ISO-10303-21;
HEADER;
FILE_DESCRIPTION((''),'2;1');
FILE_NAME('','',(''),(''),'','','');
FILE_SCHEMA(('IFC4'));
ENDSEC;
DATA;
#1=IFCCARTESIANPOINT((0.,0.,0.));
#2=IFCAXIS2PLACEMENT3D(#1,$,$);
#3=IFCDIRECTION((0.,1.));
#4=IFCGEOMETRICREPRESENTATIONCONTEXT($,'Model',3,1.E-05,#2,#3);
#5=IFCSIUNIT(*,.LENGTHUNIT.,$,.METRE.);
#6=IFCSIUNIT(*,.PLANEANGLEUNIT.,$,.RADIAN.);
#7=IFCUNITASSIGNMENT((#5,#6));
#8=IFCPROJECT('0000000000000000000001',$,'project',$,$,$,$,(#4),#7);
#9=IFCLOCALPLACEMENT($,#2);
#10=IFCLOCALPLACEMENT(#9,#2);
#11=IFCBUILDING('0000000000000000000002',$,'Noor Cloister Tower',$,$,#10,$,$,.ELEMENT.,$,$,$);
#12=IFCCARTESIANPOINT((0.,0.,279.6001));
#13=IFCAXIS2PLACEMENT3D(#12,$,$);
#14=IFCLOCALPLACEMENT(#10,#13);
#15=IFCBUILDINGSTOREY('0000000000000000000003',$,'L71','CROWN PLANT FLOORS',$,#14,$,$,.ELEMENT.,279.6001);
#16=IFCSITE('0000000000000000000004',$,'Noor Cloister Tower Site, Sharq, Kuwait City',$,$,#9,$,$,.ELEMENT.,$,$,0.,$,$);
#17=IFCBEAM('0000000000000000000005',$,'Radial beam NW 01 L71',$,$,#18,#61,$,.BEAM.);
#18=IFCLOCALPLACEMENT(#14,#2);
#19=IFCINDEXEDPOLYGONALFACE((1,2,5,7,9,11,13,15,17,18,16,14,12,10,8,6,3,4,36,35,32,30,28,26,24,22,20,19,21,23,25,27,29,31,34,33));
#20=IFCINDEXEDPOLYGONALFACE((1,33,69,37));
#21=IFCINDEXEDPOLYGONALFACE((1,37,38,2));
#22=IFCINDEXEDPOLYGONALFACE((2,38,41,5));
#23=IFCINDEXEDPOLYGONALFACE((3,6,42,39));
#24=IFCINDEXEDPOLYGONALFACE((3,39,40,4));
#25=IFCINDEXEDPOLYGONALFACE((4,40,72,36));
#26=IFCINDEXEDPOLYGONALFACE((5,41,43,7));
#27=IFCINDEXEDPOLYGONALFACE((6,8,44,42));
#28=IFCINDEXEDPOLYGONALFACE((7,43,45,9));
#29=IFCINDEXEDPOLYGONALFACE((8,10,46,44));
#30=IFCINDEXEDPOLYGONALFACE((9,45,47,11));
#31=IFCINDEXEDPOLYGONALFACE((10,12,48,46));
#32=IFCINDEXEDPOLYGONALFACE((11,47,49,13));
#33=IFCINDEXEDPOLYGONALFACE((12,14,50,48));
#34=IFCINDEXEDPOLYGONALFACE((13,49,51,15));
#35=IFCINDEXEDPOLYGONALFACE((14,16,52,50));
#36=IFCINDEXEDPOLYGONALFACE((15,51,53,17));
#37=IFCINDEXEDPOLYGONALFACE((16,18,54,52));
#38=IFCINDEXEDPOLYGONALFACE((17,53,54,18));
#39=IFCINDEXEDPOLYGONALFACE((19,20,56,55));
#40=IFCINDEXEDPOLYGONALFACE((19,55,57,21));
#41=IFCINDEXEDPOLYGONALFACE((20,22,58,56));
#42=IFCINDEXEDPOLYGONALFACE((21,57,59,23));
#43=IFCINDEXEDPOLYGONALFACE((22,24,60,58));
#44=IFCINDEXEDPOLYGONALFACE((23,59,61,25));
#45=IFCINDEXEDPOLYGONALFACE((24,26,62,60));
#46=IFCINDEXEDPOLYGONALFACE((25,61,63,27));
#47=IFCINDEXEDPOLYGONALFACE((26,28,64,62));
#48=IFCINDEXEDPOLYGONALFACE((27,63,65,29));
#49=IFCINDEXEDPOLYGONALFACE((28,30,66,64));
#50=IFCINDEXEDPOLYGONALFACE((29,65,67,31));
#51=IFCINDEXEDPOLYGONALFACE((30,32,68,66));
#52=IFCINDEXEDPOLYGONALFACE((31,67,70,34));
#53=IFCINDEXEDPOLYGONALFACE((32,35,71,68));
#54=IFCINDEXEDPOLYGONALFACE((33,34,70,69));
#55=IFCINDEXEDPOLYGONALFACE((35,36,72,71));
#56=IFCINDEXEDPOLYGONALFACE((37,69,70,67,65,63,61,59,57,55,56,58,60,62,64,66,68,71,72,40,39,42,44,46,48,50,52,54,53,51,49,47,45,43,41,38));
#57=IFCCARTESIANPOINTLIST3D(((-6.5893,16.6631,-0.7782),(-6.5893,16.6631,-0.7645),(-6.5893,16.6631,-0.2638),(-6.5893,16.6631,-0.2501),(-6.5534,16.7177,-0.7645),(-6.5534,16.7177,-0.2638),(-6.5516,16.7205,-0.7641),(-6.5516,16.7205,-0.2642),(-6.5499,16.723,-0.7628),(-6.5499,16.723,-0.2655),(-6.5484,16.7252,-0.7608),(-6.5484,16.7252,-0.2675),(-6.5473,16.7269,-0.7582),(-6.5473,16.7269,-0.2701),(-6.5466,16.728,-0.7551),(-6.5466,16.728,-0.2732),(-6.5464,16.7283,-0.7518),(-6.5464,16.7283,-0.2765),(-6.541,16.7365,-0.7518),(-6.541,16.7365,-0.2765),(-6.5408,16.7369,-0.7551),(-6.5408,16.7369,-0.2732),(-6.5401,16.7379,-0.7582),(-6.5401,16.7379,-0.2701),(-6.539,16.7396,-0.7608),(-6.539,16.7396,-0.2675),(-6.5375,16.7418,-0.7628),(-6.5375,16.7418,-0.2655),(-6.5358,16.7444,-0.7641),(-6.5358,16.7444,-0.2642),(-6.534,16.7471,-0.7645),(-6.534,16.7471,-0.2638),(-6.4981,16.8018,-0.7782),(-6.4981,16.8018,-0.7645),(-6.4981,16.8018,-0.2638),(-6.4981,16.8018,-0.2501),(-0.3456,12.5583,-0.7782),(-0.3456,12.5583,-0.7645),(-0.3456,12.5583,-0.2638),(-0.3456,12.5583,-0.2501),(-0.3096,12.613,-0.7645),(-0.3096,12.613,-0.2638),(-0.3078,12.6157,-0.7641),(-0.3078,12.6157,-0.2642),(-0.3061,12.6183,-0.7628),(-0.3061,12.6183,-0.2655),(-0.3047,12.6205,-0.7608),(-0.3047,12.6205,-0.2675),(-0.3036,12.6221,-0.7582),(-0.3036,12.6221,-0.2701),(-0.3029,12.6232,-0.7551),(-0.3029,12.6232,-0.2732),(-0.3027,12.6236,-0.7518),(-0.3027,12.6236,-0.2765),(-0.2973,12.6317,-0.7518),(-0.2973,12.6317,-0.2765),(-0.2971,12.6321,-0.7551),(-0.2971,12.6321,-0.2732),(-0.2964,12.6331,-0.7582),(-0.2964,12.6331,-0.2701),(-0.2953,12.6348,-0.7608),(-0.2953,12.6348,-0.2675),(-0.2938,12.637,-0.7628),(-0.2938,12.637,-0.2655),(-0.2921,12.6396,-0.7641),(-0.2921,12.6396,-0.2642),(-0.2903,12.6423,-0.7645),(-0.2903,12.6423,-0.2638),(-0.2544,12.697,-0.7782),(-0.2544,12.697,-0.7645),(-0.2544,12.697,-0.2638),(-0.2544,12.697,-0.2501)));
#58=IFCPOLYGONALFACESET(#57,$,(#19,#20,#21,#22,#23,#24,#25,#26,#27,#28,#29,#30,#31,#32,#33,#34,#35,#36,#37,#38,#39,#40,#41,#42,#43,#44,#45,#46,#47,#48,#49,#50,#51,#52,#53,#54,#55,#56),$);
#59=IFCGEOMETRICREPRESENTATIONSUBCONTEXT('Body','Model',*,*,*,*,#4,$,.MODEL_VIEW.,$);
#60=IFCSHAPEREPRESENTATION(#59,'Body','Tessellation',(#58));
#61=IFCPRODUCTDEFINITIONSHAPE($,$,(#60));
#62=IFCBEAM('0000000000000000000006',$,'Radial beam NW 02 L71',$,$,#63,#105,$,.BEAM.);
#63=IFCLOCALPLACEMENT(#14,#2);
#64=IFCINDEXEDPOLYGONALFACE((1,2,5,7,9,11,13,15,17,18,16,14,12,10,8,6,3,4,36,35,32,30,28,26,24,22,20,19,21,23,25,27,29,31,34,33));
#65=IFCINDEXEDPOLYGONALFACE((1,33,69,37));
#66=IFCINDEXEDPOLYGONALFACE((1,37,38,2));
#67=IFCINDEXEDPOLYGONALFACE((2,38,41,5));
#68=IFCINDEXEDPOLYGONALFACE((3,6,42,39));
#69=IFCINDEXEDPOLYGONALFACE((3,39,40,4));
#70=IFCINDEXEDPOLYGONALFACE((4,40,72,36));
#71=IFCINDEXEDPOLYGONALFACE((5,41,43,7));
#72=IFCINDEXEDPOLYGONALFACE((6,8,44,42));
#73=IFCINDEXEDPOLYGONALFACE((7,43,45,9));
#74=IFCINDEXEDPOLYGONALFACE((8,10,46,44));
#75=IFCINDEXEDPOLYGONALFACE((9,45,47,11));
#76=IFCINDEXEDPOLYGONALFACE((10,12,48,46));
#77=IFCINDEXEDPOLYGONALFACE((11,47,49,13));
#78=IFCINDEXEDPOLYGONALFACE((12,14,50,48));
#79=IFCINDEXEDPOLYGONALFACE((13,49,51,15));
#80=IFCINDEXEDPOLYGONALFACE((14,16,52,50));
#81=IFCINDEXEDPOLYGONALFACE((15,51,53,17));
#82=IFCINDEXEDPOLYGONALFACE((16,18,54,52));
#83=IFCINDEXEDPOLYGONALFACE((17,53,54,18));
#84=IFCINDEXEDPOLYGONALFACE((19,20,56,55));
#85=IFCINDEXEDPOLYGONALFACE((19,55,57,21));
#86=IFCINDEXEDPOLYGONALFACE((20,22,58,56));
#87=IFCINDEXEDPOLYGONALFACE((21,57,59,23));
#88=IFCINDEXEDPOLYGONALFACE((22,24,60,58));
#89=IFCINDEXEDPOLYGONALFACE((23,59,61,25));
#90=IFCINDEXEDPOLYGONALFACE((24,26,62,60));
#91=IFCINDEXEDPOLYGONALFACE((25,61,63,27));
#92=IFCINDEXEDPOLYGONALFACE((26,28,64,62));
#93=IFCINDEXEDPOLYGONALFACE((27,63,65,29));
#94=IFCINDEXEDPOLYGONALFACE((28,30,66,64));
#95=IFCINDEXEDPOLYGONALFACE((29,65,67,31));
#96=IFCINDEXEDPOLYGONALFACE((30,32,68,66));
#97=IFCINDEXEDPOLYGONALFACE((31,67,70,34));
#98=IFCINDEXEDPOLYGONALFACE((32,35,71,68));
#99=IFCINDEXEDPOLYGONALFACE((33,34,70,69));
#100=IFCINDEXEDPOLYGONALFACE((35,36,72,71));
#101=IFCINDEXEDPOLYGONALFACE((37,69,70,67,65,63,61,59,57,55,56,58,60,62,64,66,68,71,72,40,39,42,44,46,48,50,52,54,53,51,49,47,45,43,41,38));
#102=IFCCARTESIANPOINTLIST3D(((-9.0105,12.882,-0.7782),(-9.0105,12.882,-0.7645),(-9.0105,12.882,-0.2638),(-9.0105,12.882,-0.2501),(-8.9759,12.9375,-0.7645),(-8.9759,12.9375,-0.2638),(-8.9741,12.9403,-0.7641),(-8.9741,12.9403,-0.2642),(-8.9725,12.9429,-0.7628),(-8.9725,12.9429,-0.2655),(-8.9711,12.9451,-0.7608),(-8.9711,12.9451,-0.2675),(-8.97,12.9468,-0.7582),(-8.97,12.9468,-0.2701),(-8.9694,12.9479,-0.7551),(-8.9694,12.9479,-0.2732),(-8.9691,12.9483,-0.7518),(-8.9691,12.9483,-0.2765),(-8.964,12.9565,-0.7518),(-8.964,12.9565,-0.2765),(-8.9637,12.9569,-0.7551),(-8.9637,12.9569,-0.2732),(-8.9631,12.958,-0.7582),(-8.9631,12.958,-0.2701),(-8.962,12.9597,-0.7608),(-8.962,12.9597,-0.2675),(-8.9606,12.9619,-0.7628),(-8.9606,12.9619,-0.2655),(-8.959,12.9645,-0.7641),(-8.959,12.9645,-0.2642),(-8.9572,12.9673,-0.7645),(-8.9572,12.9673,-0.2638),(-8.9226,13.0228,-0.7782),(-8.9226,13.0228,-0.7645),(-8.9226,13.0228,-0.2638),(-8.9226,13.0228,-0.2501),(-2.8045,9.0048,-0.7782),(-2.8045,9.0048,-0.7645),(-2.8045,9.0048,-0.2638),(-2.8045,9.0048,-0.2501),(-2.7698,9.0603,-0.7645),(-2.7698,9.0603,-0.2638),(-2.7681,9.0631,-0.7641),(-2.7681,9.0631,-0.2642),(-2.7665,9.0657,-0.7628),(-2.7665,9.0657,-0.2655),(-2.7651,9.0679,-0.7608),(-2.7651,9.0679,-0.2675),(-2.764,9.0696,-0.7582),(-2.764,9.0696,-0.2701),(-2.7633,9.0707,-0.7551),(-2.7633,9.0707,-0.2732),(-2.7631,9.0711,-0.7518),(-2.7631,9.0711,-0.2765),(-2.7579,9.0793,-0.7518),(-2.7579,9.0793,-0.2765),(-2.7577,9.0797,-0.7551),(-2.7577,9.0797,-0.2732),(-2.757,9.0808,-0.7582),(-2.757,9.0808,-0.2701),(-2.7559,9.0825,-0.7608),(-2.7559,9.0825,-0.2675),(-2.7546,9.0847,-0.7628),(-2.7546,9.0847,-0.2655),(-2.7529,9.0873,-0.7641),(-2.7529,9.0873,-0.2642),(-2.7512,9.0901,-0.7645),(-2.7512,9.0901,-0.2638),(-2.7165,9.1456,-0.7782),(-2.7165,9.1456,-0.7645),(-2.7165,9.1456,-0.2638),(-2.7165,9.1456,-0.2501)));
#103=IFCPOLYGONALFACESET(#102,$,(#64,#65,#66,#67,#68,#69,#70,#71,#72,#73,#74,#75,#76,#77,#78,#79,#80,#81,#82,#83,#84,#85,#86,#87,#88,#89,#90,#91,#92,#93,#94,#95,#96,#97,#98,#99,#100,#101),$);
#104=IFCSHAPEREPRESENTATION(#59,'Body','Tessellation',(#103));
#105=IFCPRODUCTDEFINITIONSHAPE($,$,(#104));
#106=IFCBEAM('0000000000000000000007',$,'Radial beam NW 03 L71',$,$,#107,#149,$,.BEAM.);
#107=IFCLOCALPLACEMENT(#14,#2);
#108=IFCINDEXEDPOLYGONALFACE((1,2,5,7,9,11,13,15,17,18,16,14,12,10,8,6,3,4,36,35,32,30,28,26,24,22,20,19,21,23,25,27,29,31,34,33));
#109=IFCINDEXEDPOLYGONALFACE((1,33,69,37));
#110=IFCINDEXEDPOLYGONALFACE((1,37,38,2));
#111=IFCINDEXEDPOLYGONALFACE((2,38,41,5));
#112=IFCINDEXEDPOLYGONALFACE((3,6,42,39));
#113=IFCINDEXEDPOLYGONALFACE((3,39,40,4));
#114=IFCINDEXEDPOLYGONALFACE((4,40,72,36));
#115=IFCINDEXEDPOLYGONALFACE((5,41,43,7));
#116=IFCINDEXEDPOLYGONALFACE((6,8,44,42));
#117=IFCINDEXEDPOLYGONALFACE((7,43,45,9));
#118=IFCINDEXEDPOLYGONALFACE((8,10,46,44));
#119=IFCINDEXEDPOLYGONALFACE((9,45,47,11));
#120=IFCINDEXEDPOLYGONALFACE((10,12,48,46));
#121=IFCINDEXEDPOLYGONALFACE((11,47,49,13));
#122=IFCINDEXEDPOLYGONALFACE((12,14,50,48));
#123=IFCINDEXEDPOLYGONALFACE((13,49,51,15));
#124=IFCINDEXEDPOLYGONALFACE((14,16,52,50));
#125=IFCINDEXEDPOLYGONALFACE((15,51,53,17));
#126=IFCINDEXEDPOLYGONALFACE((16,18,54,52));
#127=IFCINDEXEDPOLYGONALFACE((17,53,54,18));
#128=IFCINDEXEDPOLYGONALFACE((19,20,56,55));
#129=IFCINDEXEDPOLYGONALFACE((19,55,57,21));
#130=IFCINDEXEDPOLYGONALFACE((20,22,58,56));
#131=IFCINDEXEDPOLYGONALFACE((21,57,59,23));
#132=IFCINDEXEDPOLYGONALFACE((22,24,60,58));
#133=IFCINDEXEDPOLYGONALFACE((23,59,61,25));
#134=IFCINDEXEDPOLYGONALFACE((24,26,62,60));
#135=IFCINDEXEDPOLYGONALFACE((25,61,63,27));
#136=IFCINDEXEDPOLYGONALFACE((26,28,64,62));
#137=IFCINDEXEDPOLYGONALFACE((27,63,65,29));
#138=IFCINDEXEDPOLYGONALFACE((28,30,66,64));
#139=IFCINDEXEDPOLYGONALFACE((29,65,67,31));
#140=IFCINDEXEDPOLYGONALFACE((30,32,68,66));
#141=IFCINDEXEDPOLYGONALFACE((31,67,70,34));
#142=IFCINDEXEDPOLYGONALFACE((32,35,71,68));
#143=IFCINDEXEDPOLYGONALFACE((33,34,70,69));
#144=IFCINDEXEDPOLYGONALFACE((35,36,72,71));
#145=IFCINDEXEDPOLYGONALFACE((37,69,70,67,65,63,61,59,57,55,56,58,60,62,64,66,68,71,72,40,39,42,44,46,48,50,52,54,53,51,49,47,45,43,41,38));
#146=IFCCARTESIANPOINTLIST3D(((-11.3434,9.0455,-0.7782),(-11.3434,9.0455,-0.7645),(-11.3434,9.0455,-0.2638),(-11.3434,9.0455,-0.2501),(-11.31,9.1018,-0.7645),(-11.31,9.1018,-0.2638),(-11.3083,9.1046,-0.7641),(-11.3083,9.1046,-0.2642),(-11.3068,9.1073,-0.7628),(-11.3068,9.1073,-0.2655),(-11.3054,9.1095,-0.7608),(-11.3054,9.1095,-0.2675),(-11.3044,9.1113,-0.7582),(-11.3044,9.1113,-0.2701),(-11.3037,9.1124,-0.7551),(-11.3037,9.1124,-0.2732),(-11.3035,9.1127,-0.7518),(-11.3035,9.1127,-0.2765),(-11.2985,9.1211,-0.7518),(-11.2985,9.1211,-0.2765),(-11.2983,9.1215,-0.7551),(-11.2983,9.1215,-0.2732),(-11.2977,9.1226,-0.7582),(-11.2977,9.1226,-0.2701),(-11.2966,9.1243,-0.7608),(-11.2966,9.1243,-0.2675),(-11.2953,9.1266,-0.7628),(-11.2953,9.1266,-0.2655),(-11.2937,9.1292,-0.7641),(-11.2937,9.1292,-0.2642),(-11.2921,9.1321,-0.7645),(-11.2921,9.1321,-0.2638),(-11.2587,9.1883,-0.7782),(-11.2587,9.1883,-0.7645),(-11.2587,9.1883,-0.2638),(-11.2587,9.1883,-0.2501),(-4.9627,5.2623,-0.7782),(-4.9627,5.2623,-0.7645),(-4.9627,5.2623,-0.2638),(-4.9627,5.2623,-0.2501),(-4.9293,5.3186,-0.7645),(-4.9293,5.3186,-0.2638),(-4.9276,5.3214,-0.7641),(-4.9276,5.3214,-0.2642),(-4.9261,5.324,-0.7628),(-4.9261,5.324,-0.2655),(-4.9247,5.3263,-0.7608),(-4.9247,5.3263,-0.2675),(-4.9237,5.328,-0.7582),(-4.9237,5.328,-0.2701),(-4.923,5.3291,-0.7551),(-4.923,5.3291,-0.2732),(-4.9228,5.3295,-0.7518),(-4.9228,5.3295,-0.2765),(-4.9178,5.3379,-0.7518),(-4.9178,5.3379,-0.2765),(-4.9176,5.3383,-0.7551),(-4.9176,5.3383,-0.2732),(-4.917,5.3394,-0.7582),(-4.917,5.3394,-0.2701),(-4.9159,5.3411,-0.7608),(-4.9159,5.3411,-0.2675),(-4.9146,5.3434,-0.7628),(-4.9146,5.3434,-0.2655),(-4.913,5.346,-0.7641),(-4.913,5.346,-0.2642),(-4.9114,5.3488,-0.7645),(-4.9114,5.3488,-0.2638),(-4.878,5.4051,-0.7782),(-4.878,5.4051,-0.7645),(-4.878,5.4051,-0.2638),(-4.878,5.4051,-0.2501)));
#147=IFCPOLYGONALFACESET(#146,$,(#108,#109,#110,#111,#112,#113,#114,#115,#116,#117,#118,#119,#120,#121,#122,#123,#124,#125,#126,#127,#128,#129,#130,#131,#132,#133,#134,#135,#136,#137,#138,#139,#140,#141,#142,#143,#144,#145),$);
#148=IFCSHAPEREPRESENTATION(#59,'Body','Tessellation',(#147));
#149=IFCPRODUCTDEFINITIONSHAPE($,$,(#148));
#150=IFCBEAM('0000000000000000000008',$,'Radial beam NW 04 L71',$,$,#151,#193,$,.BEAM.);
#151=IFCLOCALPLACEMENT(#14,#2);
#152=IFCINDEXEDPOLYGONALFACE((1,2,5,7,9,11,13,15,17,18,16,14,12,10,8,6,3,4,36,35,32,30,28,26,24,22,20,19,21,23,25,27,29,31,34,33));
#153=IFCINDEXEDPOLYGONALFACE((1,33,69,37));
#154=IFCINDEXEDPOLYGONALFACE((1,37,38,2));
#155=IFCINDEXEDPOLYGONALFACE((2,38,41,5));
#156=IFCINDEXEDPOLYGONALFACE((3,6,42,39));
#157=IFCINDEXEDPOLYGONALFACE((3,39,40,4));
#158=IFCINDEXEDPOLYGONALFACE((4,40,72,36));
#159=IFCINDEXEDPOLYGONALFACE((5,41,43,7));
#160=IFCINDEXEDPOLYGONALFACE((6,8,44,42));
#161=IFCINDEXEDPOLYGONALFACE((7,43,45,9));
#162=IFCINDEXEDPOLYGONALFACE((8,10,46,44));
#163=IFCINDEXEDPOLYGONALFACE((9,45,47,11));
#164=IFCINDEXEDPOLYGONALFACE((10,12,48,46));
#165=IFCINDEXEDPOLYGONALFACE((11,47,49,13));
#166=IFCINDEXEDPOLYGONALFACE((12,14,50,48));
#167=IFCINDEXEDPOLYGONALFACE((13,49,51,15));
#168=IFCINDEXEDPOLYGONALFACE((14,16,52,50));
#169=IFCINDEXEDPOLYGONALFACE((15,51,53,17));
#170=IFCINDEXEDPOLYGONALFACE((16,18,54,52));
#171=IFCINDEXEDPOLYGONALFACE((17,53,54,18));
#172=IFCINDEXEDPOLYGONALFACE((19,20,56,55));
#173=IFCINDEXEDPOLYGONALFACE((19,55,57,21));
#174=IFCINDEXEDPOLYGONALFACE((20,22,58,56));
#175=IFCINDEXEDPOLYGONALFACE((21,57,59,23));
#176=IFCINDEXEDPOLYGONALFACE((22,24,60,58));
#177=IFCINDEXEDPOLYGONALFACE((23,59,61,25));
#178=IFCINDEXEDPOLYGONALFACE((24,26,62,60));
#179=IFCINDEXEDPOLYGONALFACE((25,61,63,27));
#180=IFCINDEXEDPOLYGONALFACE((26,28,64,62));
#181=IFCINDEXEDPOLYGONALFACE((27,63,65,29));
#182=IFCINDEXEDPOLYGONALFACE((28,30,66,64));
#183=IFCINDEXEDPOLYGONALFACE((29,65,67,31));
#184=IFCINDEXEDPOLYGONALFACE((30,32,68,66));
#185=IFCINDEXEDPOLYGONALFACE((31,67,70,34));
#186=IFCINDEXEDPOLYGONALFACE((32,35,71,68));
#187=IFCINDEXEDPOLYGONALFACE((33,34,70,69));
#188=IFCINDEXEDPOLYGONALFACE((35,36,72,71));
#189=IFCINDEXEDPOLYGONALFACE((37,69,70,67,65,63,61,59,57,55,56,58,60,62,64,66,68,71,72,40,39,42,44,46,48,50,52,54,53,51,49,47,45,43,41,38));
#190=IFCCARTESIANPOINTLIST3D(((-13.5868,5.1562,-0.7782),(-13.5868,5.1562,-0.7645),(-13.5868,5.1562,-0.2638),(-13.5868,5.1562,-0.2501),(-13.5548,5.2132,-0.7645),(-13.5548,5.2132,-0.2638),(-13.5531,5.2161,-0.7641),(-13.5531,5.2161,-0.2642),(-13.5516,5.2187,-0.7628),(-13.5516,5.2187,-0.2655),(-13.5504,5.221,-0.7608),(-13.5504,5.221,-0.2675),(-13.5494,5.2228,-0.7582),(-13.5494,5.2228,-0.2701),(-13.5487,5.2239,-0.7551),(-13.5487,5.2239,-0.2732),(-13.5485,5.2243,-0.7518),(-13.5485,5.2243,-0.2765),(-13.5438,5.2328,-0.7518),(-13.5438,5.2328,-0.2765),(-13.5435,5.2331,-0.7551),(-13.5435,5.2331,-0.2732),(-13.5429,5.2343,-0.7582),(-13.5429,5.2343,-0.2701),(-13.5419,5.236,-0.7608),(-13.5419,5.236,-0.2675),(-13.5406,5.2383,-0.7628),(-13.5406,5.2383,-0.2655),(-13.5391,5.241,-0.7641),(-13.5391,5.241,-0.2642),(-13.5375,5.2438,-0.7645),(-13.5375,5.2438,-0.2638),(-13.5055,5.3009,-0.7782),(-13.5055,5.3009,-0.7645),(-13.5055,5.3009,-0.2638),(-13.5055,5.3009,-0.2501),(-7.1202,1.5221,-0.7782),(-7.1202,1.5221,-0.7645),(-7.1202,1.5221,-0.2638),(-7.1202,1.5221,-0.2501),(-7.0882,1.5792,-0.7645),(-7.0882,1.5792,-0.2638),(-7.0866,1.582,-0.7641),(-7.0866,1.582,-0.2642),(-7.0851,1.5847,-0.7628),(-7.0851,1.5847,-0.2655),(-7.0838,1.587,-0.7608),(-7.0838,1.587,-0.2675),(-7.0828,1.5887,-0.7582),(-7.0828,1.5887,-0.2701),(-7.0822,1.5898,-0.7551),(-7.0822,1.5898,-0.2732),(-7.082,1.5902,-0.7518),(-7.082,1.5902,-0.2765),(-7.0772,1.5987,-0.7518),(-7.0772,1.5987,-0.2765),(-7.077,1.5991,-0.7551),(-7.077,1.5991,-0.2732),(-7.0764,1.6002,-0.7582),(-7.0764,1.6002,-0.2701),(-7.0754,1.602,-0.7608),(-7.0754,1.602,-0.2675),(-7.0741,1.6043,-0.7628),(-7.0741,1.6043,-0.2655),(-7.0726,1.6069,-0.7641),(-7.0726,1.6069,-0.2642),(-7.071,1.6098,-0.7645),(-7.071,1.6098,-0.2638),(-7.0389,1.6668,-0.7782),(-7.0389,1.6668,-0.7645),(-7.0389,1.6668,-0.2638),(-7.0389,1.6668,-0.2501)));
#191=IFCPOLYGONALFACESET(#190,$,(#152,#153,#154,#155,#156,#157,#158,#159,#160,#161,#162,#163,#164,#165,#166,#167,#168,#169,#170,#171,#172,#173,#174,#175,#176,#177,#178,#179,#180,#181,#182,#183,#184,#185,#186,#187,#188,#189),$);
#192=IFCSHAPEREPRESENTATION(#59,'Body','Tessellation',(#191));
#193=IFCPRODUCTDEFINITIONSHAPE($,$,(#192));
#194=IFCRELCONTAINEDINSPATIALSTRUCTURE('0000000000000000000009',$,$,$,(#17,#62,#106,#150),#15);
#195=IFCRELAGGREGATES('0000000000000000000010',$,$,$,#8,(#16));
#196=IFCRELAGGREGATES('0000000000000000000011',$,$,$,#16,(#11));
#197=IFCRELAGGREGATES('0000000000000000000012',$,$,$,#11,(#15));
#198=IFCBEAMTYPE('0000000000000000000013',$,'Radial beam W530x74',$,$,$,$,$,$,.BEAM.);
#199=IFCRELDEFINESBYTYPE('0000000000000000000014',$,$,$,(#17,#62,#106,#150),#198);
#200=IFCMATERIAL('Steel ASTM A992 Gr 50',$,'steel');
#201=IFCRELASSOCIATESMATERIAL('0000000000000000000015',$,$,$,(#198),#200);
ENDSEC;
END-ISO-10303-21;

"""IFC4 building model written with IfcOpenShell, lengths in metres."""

from ifc_helpers import new_model, si_unit, direction, frame, origin, origin_2d, place, context, subcontext, project, spatial, i_section, extrude, material, material_profile, profile_set, type_object, element, save


model = new_model("IFC4")

# Units and contexts
model_context = context("Model", 3, precision=1e-05, world=origin(), true_north=direction((0.0, 1.0)))
body_context = subcontext(model_context, "Body", "Model", "MODEL_VIEW")
ifc_project = project(units=[si_unit("LENGTHUNIT", "METRE"), si_unit("PLANEANGLEUNIT", "RADIAN")], contexts=[model_context])

# Site, building, storey
site_placement = place(None, origin())
site = spatial("IfcSite", under=ifc_project, at=site_placement, Name="Noor Cloister Tower Site, Sharq, Kuwait City", CompositionType="ELEMENT", RefElevation=0.0)
building_placement = place(site_placement, origin())
building = spatial("IfcBuilding", under=site, at=building_placement, Name="Noor Cloister Tower", CompositionType="ELEMENT")
storey_placement = place(building_placement, frame((0.0, 0.0, 279.6001)))
storey = spatial("IfcBuildingStorey", under=building, at=storey_placement, Name="L71", Description="CROWN PLANT FLOORS", CompositionType="ELEMENT", Elevation=279.6001)

# Beams
ifc_material_1 = material(Name="Steel ASTM A992 Gr 50", Category="steel")
ifc_material_profile_1 = material_profile(ifc_material_1, i_section(OverallWidth=0.166, OverallDepth=0.5281, WebThickness=0.0098, FlangeThickness=0.0137, FilletRadius=0.0127, at=origin_2d()), Name="W530x74")
ifc_profile_set_1 = profile_set([ifc_material_profile_1], Name="Steel ASTM A992 Gr 50")
beam_type_1 = type_object("IfcBeamType", Name="Radial beam W530x74", PredefinedType="BEAM", material=ifc_profile_set_1)
beam_1_placement = place(storey_placement, frame((-6.5437, 16.7324, -0.5142), z_axis=(0.835597, -0.549343, 0.0), x_axis=(0.549343, 0.835597, 0.0)))
element("IfcBeam", 1, at=beam_1_placement, inside=storey, type_object=beam_type_1, Name="Radial beam NW 01 L71", PredefinedType="BEAM", context=body_context, shape_type="SweptSolid", body=[
    extrude(i_section(OverallWidth=0.166, OverallDepth=0.5281, WebThickness=0.0098, FlangeThickness=0.0137, FilletRadius=0.0127, at=origin_2d()), origin(), (0.0, 0.0, 1.0), 7.4722),
])
beam_2_placement = place(storey_placement, frame((-8.9666, 12.9524, -0.5142), z_axis=(0.848096, -0.529843, 0.0), x_axis=(0.529843, 0.848096, 0.0)))
element("IfcBeam", 2, at=beam_2_placement, inside=storey, type_object=beam_type_1, Name="Radial beam NW 02 L71", PredefinedType="BEAM", context=body_context, shape_type="SweptSolid", body=[
    extrude(i_section(OverallWidth=0.166, OverallDepth=0.5281, WebThickness=0.0098, FlangeThickness=0.0137, FilletRadius=0.0127, at=origin_2d()), origin(), (0.0, 0.0, 1.0), 7.3176),
])
beam_3_placement = place(storey_placement, frame((-11.301, 9.1169, -0.5142), z_axis=(0.860167, -0.510012, 0.0), x_axis=(0.510012, 0.860167, 0.0)))
element("IfcBeam", 3, at=beam_3_placement, inside=storey, type_object=beam_type_1, Name="Radial beam NW 03 L71", PredefinedType="BEAM", context=body_context, shape_type="SweptSolid", body=[
    extrude(i_section(OverallWidth=0.166, OverallDepth=0.5281, WebThickness=0.0098, FlangeThickness=0.0137, FilletRadius=0.0127, at=origin_2d()), origin(), (0.0, 0.0, 1.0), 7.418),
])
beam_4_placement = place(storey_placement, frame((-13.5461, 5.2285, -0.5142), z_axis=(0.871771, -0.489913, 0.0), x_axis=(0.489913, 0.871771, 0.0)))
element("IfcBeam", 4, at=beam_4_placement, inside=storey, type_object=beam_type_1, Name="Radial beam NW 04 L71", PredefinedType="BEAM", context=body_context, shape_type="SweptSolid", body=[
    extrude(i_section(OverallWidth=0.166, OverallDepth=0.5281, WebThickness=0.0098, FlangeThickness=0.0137, FilletRadius=0.0127, at=origin_2d()), origin(), (0.0, 0.0, 1.0), 7.4177),
])

save(model, "model.ifc")
